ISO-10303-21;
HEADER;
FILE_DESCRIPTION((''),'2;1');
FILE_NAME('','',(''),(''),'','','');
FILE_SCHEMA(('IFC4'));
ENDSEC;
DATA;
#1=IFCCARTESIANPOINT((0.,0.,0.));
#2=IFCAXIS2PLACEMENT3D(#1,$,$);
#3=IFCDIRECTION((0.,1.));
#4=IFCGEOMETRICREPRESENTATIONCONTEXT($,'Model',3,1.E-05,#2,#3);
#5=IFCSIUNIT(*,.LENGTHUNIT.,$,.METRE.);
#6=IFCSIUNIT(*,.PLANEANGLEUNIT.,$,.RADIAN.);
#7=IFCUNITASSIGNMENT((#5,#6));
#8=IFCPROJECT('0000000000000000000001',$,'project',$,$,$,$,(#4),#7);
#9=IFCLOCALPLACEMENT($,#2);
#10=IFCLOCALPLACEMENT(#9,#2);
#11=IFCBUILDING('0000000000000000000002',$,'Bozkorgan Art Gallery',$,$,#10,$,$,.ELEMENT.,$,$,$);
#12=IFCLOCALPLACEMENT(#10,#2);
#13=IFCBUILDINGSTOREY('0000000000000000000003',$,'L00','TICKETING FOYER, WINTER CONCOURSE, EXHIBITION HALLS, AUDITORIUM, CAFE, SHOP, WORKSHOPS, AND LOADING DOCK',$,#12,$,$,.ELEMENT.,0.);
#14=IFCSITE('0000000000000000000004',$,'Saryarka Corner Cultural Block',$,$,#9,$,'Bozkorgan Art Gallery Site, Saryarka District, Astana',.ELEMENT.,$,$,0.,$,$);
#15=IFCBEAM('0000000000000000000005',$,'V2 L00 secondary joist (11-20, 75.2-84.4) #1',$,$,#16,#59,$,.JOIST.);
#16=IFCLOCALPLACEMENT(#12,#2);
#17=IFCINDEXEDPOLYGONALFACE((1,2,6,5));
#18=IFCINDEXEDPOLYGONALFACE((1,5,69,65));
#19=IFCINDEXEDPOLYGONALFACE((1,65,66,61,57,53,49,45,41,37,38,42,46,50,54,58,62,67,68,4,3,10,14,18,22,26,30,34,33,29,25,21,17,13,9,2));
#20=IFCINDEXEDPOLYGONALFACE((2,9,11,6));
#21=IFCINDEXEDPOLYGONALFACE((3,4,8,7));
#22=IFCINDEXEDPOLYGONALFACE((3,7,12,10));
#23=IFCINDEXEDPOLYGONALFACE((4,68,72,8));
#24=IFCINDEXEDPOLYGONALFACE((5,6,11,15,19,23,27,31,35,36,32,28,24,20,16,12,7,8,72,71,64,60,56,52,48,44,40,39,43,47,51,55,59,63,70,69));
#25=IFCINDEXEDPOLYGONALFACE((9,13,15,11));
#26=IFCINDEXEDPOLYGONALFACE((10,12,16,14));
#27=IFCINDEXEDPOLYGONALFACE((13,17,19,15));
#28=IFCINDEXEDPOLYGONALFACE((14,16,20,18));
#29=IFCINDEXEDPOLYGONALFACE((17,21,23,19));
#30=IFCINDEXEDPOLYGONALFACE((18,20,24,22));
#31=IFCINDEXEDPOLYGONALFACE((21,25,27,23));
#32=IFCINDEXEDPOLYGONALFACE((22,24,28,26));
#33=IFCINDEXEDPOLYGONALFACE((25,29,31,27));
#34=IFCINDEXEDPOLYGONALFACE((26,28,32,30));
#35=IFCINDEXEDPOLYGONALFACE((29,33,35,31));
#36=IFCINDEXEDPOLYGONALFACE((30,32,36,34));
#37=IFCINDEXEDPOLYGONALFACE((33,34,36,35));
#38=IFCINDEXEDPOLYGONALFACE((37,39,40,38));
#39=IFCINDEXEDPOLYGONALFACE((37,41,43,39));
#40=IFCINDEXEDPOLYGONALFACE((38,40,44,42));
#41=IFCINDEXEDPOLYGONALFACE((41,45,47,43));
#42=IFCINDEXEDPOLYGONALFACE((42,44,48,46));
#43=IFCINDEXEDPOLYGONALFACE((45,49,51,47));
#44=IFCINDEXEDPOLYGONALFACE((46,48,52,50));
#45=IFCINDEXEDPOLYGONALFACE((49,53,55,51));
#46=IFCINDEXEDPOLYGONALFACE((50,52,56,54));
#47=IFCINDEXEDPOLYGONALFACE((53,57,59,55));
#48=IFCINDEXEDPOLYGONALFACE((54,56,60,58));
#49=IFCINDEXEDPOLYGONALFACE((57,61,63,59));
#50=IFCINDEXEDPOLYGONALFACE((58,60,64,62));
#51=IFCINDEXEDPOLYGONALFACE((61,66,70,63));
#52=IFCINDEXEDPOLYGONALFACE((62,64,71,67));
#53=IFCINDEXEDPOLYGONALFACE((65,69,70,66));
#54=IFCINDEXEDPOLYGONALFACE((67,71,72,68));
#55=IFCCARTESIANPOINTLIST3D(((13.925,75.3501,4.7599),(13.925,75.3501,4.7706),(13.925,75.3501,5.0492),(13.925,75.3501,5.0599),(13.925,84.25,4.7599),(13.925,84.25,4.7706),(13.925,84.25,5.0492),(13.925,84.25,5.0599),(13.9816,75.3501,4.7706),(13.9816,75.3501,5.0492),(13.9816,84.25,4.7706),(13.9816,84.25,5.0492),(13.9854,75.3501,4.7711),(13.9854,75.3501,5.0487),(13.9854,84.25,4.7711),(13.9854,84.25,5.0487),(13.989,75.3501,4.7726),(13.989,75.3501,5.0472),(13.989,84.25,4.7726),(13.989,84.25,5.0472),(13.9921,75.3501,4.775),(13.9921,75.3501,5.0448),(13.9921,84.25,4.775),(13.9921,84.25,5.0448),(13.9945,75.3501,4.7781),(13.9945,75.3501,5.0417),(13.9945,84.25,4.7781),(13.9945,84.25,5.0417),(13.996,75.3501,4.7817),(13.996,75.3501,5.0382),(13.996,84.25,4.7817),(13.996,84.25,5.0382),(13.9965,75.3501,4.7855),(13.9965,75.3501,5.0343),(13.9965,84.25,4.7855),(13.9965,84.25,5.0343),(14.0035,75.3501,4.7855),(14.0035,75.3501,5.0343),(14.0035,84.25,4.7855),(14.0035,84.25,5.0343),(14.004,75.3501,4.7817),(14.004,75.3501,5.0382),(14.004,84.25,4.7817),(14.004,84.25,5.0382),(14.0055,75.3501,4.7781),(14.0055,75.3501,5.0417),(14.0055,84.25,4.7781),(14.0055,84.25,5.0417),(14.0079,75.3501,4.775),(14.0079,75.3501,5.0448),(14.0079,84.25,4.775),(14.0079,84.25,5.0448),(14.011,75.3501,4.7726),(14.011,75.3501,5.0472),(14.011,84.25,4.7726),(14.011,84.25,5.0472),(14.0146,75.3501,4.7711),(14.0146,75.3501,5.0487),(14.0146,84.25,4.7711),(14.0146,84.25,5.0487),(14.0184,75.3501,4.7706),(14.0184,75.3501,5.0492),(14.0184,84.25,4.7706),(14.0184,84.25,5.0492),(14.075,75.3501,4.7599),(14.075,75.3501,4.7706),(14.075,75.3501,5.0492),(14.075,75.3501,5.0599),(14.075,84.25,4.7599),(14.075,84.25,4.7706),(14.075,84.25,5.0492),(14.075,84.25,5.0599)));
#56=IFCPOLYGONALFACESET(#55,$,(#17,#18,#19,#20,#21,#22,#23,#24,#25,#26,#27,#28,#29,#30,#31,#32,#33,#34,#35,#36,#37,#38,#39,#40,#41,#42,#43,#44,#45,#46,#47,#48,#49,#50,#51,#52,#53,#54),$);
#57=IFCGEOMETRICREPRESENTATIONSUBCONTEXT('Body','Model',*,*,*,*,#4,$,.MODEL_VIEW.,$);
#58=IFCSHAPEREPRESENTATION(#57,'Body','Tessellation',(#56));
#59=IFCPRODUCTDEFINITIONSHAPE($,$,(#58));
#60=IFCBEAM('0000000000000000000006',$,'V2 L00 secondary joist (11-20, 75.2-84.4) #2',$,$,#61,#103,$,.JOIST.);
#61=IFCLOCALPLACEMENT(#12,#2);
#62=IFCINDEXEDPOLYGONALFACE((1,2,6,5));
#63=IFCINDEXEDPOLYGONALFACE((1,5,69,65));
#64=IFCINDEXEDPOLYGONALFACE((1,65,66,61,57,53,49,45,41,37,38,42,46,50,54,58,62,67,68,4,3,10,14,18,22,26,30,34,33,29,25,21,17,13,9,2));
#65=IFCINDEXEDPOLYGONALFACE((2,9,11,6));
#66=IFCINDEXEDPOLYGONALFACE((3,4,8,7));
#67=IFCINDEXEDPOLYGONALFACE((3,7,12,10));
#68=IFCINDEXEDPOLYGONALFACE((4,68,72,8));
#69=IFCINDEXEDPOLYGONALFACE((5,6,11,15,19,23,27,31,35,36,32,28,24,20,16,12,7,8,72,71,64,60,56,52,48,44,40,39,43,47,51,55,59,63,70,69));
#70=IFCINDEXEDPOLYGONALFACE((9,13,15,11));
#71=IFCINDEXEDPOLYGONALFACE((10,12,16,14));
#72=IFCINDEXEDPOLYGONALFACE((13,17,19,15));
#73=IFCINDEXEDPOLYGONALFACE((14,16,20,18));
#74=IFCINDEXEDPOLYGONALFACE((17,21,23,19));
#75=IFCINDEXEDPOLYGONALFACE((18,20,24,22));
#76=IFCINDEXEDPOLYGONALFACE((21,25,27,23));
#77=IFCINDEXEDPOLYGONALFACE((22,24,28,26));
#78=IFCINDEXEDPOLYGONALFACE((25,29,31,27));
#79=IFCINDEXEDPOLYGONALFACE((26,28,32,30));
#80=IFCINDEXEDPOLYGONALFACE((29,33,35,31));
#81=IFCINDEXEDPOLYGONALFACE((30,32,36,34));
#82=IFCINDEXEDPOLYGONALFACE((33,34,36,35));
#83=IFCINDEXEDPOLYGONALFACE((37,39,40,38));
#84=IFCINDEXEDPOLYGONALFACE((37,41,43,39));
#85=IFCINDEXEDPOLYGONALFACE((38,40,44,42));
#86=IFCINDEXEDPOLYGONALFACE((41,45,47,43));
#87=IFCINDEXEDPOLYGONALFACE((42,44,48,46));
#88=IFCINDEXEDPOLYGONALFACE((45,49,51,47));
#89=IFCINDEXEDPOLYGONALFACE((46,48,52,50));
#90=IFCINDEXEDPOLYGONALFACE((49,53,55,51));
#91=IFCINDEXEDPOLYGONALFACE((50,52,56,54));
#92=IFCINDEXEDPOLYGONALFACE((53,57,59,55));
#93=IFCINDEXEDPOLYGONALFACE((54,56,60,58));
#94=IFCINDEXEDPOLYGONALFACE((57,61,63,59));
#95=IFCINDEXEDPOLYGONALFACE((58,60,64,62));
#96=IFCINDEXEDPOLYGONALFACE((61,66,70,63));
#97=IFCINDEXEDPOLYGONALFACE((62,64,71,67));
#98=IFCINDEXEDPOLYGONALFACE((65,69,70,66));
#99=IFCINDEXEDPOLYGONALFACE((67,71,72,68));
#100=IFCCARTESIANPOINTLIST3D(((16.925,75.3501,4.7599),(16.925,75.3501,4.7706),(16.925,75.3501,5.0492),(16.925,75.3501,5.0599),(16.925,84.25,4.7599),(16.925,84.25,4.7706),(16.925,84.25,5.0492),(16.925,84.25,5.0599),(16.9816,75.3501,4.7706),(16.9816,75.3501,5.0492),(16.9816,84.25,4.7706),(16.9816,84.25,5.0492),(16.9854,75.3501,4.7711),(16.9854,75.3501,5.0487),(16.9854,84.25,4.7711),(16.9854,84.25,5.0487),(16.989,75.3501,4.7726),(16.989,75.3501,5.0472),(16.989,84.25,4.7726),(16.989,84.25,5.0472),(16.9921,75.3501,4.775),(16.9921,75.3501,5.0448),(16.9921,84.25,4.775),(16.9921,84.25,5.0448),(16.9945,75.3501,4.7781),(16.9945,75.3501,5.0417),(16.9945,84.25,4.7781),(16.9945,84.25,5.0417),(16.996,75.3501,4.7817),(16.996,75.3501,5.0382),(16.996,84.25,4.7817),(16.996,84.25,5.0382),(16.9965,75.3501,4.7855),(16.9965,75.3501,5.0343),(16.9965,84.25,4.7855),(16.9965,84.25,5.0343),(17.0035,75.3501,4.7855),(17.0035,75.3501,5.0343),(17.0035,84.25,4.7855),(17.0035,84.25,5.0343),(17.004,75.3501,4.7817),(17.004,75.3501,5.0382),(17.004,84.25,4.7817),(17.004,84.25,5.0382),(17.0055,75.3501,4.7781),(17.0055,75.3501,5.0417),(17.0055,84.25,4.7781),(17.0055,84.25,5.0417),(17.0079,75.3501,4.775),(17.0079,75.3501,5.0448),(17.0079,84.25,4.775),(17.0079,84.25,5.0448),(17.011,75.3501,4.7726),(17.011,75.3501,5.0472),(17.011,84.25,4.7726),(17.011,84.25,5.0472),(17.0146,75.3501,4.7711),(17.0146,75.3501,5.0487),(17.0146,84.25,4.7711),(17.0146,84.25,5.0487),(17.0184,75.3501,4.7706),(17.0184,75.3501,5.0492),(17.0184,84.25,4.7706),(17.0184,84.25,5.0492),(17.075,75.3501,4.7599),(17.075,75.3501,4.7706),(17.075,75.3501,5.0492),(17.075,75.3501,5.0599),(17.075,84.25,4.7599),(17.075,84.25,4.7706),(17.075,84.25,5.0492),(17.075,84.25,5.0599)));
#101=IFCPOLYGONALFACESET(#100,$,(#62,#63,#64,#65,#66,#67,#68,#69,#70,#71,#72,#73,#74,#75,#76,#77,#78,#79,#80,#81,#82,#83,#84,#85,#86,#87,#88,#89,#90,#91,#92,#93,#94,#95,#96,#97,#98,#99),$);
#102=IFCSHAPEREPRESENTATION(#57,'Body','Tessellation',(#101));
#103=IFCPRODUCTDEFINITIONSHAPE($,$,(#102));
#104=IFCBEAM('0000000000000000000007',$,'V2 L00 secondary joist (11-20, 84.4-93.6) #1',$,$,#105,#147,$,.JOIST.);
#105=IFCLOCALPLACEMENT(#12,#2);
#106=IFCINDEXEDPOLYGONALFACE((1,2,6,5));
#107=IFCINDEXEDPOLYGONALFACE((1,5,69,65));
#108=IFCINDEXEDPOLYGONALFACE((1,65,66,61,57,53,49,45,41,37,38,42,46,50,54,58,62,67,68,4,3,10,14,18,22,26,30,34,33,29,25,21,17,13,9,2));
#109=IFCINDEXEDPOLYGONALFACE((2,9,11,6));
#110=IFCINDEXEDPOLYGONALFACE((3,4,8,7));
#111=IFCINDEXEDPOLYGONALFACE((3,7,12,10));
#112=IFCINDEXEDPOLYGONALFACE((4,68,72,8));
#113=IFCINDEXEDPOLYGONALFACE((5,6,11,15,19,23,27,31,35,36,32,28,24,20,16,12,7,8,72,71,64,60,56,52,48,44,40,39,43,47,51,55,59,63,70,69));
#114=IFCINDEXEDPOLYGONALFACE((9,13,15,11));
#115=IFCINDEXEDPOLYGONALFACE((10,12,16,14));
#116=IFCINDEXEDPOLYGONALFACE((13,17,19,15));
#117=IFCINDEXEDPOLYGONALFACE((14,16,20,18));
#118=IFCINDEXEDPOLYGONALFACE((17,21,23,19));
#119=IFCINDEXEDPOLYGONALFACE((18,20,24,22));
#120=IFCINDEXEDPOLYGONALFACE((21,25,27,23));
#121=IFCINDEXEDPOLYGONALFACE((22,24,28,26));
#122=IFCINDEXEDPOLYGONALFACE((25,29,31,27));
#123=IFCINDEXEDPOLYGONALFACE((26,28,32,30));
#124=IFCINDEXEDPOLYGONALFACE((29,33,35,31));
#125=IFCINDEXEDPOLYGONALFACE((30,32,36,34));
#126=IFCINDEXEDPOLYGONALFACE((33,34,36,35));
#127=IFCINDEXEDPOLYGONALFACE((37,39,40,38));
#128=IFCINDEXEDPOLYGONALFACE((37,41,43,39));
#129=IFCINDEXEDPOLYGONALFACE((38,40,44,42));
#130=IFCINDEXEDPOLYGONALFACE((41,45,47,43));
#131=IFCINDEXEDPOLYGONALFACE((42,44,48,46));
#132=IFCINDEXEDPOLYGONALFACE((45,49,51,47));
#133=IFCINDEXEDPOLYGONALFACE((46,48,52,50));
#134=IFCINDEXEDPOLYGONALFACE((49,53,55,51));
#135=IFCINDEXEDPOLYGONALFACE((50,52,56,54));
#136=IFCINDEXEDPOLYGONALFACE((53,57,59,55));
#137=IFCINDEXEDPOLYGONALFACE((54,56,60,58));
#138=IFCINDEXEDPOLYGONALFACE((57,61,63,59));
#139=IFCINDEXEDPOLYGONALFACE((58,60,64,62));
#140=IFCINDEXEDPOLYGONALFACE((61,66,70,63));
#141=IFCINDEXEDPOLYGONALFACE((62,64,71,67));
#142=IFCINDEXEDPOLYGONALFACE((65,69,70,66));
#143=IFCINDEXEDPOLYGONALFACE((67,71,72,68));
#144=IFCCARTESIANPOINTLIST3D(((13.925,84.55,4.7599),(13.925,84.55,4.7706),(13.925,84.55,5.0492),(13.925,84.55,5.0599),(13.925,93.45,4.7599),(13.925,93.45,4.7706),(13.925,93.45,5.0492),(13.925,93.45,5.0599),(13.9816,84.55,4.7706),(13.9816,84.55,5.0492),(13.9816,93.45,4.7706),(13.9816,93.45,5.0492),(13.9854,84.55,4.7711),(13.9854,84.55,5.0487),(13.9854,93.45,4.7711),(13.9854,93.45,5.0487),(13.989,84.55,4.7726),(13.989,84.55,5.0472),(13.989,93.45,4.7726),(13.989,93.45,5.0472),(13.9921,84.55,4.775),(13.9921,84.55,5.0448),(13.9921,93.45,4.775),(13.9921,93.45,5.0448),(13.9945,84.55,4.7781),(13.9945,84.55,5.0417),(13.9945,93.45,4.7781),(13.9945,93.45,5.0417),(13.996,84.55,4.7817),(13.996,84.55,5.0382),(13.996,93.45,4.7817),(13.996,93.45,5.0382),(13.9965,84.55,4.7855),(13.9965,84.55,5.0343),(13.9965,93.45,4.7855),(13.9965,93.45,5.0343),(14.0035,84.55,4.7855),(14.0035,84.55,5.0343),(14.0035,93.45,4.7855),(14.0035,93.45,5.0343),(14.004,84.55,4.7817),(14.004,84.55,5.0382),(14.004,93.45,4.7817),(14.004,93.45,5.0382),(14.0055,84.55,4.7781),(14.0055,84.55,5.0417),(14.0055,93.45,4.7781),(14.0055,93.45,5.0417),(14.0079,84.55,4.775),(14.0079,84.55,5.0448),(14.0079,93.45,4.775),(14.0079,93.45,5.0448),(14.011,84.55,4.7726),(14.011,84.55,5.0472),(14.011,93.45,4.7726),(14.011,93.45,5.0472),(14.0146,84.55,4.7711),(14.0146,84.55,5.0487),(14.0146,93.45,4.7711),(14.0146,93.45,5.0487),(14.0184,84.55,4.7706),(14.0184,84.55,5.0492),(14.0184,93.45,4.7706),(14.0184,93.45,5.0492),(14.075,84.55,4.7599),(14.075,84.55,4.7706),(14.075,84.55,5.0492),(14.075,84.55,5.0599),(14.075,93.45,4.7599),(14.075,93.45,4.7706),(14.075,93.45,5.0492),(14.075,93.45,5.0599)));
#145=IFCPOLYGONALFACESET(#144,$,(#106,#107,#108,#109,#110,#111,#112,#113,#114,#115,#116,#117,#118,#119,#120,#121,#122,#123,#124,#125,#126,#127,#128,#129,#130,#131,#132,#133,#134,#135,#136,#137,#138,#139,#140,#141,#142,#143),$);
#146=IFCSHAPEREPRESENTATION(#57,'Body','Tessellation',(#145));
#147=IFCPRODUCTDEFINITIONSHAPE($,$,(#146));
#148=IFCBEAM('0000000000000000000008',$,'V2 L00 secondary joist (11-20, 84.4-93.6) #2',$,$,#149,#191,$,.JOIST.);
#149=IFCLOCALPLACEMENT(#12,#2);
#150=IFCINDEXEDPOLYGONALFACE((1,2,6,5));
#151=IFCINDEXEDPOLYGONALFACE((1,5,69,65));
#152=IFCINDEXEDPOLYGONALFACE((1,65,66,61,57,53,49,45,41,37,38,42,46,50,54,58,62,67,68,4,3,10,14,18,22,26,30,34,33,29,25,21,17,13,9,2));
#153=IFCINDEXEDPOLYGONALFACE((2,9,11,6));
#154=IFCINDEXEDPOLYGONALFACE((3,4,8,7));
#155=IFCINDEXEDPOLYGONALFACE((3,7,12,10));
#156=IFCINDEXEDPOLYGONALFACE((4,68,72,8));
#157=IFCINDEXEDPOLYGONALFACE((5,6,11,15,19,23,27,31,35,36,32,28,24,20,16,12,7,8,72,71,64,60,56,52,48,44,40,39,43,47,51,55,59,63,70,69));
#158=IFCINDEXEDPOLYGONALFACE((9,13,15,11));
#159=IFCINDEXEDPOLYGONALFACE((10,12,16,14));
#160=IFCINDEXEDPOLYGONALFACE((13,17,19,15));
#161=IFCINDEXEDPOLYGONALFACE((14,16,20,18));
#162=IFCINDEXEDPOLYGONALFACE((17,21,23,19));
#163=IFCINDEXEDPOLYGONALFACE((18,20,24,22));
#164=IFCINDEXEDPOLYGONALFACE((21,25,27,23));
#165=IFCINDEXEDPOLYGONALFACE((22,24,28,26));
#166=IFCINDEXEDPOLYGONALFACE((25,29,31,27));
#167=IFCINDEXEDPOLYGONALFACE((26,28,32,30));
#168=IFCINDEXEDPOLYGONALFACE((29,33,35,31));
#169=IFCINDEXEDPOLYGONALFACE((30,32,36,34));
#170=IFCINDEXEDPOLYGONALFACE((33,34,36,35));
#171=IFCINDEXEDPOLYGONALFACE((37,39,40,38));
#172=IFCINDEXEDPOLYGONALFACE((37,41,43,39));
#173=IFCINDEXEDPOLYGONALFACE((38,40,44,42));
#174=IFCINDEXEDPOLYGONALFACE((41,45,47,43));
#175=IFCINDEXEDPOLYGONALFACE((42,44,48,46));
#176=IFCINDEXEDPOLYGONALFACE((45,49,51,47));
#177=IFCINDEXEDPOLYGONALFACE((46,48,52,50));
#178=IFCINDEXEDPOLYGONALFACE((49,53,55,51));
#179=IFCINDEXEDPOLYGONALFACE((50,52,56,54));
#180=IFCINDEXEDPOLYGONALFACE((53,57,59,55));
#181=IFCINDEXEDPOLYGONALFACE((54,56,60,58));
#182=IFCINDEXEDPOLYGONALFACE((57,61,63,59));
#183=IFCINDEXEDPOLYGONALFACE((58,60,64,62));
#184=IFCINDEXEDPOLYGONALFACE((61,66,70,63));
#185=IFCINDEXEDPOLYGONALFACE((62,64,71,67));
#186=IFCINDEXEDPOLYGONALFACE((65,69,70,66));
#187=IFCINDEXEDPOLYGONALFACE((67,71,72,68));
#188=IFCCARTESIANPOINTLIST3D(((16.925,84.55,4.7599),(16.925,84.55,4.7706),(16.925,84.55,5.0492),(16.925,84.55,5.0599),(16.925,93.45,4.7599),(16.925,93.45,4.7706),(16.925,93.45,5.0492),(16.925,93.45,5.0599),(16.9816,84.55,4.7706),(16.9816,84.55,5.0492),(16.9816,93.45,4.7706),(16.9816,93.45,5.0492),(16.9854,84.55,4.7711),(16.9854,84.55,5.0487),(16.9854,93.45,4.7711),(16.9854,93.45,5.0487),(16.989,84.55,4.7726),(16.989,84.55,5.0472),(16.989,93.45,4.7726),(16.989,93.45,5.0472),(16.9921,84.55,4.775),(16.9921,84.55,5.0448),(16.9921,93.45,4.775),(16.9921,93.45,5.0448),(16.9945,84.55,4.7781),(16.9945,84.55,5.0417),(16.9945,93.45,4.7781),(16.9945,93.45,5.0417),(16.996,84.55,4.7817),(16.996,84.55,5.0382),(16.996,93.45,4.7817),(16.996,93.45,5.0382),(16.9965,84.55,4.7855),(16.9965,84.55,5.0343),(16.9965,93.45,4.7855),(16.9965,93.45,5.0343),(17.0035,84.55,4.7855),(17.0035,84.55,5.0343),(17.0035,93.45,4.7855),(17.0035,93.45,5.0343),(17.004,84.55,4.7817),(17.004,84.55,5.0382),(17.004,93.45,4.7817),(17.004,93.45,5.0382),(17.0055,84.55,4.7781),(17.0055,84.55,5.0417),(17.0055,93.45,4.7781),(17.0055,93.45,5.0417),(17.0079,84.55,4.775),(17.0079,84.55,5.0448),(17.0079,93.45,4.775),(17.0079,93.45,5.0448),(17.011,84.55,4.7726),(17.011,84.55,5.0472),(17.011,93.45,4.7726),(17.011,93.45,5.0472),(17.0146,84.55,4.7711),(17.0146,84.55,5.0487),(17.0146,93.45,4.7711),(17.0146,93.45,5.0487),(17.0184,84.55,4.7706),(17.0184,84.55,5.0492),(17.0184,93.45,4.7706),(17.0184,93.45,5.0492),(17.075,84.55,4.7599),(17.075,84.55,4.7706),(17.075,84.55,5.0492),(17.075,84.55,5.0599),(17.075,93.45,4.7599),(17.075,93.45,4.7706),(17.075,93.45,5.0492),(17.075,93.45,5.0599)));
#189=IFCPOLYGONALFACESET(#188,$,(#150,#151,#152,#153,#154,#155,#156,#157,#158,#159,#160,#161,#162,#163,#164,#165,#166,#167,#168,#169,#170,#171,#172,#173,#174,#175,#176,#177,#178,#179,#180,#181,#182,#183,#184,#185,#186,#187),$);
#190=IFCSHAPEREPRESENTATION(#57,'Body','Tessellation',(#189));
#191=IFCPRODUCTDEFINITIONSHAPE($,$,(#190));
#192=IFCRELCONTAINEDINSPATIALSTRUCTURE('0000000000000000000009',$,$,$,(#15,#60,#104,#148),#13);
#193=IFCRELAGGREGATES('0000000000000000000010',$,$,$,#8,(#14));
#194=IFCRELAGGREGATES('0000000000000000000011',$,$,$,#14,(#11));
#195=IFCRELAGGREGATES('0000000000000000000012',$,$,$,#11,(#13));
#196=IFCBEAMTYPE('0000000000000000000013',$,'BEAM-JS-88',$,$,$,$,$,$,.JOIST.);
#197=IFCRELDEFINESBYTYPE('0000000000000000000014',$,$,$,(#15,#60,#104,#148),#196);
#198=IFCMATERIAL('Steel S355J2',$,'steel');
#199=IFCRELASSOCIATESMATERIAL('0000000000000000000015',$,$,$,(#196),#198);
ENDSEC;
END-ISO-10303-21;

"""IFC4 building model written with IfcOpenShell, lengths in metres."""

from ifc_helpers import new_model, si_unit, direction, frame, origin, origin_2d, place, context, subcontext, project, spatial, i_section, extrude, material, material_profile, profile_set, type_object, element, save


model = new_model("IFC4")

# Units and contexts
model_context = context("Model", 3, precision=1e-05, world=origin(), true_north=direction((0.0, 1.0)))
body_context = subcontext(model_context, "Body", "Model", "MODEL_VIEW")
ifc_project = project(units=[si_unit("LENGTHUNIT", "METRE"), si_unit("PLANEANGLEUNIT", "RADIAN")], contexts=[model_context])

# Site, building, storey
site_placement = place(None, origin())
site = spatial("IfcSite", under=ifc_project, at=site_placement, Name="Saryarka Corner Cultural Block", LongName="Bozkorgan Art Gallery Site, Saryarka District, Astana", CompositionType="ELEMENT", RefElevation=0.0)
building_placement = place(site_placement, origin())
building = spatial("IfcBuilding", under=site, at=building_placement, Name="Bozkorgan Art Gallery", CompositionType="ELEMENT")
storey_placement = place(building_placement, origin())
storey = spatial("IfcBuildingStorey", under=building, at=storey_placement, Name="L00", Description="TICKETING FOYER, WINTER CONCOURSE, EXHIBITION HALLS, AUDITORIUM, CAFE, SHOP, WORKSHOPS, AND LOADING DOCK", CompositionType="ELEMENT", Elevation=0.0)

# Beams
ifc_material_1 = material(Name="Steel S355J2", Category="steel")
ifc_material_profile_1 = material_profile(ifc_material_1, i_section(OverallWidth=0.1499, OverallDepth=0.3, WebThickness=0.0071, FlangeThickness=0.0107, FilletRadius=0.0149, at=origin_2d()), Name="IPE 300")
ifc_profile_set_1 = profile_set([ifc_material_profile_1], Name="Steel S355J2")
beam_type_1 = type_object("IfcBeamType", Name="BEAM-JS-88", PredefinedType="JOIST", material=ifc_profile_set_1)
for number, where, z_axis, x_axis, name in (
    (1, (14.0, 75.3501, 4.9099), (0.0, 1.0, 0.0), (-1.0, 0.0, 0.0), "V2 L00 secondary joist (11-20, 75.2-84.4) #1"),
    (2, (17.0, 75.3501, 4.9099), (0.0, 1.0, 0.0), (-1.0, 0.0, 0.0), "V2 L00 secondary joist (11-20, 75.2-84.4) #2"),
    (3, (14.0, 84.55, 4.9099), (0.0, 1.0, 0.0), (-1.0, 0.0, 0.0), "V2 L00 secondary joist (11-20, 84.4-93.6) #1"),
    (4, (17.0, 84.55, 4.9099), (0.0, 1.0, 0.0), (-1.0, 0.0, 0.0), "V2 L00 secondary joist (11-20, 84.4-93.6) #2"),
):
    element("IfcBeam", number, at=place(storey_placement, frame(where, z_axis=z_axis, x_axis=x_axis)), inside=storey, type_object=beam_type_1, Name=name, PredefinedType="JOIST", context=body_context, shape_type="SweptSolid", body=[
        extrude(i_section(OverallWidth=0.1499, OverallDepth=0.3, WebThickness=0.0071, FlangeThickness=0.0107, FilletRadius=0.0149, at=origin_2d()), origin(), (0.0, 0.0, 1.0), 8.8999),
    ])

save(model, "model.ifc")
